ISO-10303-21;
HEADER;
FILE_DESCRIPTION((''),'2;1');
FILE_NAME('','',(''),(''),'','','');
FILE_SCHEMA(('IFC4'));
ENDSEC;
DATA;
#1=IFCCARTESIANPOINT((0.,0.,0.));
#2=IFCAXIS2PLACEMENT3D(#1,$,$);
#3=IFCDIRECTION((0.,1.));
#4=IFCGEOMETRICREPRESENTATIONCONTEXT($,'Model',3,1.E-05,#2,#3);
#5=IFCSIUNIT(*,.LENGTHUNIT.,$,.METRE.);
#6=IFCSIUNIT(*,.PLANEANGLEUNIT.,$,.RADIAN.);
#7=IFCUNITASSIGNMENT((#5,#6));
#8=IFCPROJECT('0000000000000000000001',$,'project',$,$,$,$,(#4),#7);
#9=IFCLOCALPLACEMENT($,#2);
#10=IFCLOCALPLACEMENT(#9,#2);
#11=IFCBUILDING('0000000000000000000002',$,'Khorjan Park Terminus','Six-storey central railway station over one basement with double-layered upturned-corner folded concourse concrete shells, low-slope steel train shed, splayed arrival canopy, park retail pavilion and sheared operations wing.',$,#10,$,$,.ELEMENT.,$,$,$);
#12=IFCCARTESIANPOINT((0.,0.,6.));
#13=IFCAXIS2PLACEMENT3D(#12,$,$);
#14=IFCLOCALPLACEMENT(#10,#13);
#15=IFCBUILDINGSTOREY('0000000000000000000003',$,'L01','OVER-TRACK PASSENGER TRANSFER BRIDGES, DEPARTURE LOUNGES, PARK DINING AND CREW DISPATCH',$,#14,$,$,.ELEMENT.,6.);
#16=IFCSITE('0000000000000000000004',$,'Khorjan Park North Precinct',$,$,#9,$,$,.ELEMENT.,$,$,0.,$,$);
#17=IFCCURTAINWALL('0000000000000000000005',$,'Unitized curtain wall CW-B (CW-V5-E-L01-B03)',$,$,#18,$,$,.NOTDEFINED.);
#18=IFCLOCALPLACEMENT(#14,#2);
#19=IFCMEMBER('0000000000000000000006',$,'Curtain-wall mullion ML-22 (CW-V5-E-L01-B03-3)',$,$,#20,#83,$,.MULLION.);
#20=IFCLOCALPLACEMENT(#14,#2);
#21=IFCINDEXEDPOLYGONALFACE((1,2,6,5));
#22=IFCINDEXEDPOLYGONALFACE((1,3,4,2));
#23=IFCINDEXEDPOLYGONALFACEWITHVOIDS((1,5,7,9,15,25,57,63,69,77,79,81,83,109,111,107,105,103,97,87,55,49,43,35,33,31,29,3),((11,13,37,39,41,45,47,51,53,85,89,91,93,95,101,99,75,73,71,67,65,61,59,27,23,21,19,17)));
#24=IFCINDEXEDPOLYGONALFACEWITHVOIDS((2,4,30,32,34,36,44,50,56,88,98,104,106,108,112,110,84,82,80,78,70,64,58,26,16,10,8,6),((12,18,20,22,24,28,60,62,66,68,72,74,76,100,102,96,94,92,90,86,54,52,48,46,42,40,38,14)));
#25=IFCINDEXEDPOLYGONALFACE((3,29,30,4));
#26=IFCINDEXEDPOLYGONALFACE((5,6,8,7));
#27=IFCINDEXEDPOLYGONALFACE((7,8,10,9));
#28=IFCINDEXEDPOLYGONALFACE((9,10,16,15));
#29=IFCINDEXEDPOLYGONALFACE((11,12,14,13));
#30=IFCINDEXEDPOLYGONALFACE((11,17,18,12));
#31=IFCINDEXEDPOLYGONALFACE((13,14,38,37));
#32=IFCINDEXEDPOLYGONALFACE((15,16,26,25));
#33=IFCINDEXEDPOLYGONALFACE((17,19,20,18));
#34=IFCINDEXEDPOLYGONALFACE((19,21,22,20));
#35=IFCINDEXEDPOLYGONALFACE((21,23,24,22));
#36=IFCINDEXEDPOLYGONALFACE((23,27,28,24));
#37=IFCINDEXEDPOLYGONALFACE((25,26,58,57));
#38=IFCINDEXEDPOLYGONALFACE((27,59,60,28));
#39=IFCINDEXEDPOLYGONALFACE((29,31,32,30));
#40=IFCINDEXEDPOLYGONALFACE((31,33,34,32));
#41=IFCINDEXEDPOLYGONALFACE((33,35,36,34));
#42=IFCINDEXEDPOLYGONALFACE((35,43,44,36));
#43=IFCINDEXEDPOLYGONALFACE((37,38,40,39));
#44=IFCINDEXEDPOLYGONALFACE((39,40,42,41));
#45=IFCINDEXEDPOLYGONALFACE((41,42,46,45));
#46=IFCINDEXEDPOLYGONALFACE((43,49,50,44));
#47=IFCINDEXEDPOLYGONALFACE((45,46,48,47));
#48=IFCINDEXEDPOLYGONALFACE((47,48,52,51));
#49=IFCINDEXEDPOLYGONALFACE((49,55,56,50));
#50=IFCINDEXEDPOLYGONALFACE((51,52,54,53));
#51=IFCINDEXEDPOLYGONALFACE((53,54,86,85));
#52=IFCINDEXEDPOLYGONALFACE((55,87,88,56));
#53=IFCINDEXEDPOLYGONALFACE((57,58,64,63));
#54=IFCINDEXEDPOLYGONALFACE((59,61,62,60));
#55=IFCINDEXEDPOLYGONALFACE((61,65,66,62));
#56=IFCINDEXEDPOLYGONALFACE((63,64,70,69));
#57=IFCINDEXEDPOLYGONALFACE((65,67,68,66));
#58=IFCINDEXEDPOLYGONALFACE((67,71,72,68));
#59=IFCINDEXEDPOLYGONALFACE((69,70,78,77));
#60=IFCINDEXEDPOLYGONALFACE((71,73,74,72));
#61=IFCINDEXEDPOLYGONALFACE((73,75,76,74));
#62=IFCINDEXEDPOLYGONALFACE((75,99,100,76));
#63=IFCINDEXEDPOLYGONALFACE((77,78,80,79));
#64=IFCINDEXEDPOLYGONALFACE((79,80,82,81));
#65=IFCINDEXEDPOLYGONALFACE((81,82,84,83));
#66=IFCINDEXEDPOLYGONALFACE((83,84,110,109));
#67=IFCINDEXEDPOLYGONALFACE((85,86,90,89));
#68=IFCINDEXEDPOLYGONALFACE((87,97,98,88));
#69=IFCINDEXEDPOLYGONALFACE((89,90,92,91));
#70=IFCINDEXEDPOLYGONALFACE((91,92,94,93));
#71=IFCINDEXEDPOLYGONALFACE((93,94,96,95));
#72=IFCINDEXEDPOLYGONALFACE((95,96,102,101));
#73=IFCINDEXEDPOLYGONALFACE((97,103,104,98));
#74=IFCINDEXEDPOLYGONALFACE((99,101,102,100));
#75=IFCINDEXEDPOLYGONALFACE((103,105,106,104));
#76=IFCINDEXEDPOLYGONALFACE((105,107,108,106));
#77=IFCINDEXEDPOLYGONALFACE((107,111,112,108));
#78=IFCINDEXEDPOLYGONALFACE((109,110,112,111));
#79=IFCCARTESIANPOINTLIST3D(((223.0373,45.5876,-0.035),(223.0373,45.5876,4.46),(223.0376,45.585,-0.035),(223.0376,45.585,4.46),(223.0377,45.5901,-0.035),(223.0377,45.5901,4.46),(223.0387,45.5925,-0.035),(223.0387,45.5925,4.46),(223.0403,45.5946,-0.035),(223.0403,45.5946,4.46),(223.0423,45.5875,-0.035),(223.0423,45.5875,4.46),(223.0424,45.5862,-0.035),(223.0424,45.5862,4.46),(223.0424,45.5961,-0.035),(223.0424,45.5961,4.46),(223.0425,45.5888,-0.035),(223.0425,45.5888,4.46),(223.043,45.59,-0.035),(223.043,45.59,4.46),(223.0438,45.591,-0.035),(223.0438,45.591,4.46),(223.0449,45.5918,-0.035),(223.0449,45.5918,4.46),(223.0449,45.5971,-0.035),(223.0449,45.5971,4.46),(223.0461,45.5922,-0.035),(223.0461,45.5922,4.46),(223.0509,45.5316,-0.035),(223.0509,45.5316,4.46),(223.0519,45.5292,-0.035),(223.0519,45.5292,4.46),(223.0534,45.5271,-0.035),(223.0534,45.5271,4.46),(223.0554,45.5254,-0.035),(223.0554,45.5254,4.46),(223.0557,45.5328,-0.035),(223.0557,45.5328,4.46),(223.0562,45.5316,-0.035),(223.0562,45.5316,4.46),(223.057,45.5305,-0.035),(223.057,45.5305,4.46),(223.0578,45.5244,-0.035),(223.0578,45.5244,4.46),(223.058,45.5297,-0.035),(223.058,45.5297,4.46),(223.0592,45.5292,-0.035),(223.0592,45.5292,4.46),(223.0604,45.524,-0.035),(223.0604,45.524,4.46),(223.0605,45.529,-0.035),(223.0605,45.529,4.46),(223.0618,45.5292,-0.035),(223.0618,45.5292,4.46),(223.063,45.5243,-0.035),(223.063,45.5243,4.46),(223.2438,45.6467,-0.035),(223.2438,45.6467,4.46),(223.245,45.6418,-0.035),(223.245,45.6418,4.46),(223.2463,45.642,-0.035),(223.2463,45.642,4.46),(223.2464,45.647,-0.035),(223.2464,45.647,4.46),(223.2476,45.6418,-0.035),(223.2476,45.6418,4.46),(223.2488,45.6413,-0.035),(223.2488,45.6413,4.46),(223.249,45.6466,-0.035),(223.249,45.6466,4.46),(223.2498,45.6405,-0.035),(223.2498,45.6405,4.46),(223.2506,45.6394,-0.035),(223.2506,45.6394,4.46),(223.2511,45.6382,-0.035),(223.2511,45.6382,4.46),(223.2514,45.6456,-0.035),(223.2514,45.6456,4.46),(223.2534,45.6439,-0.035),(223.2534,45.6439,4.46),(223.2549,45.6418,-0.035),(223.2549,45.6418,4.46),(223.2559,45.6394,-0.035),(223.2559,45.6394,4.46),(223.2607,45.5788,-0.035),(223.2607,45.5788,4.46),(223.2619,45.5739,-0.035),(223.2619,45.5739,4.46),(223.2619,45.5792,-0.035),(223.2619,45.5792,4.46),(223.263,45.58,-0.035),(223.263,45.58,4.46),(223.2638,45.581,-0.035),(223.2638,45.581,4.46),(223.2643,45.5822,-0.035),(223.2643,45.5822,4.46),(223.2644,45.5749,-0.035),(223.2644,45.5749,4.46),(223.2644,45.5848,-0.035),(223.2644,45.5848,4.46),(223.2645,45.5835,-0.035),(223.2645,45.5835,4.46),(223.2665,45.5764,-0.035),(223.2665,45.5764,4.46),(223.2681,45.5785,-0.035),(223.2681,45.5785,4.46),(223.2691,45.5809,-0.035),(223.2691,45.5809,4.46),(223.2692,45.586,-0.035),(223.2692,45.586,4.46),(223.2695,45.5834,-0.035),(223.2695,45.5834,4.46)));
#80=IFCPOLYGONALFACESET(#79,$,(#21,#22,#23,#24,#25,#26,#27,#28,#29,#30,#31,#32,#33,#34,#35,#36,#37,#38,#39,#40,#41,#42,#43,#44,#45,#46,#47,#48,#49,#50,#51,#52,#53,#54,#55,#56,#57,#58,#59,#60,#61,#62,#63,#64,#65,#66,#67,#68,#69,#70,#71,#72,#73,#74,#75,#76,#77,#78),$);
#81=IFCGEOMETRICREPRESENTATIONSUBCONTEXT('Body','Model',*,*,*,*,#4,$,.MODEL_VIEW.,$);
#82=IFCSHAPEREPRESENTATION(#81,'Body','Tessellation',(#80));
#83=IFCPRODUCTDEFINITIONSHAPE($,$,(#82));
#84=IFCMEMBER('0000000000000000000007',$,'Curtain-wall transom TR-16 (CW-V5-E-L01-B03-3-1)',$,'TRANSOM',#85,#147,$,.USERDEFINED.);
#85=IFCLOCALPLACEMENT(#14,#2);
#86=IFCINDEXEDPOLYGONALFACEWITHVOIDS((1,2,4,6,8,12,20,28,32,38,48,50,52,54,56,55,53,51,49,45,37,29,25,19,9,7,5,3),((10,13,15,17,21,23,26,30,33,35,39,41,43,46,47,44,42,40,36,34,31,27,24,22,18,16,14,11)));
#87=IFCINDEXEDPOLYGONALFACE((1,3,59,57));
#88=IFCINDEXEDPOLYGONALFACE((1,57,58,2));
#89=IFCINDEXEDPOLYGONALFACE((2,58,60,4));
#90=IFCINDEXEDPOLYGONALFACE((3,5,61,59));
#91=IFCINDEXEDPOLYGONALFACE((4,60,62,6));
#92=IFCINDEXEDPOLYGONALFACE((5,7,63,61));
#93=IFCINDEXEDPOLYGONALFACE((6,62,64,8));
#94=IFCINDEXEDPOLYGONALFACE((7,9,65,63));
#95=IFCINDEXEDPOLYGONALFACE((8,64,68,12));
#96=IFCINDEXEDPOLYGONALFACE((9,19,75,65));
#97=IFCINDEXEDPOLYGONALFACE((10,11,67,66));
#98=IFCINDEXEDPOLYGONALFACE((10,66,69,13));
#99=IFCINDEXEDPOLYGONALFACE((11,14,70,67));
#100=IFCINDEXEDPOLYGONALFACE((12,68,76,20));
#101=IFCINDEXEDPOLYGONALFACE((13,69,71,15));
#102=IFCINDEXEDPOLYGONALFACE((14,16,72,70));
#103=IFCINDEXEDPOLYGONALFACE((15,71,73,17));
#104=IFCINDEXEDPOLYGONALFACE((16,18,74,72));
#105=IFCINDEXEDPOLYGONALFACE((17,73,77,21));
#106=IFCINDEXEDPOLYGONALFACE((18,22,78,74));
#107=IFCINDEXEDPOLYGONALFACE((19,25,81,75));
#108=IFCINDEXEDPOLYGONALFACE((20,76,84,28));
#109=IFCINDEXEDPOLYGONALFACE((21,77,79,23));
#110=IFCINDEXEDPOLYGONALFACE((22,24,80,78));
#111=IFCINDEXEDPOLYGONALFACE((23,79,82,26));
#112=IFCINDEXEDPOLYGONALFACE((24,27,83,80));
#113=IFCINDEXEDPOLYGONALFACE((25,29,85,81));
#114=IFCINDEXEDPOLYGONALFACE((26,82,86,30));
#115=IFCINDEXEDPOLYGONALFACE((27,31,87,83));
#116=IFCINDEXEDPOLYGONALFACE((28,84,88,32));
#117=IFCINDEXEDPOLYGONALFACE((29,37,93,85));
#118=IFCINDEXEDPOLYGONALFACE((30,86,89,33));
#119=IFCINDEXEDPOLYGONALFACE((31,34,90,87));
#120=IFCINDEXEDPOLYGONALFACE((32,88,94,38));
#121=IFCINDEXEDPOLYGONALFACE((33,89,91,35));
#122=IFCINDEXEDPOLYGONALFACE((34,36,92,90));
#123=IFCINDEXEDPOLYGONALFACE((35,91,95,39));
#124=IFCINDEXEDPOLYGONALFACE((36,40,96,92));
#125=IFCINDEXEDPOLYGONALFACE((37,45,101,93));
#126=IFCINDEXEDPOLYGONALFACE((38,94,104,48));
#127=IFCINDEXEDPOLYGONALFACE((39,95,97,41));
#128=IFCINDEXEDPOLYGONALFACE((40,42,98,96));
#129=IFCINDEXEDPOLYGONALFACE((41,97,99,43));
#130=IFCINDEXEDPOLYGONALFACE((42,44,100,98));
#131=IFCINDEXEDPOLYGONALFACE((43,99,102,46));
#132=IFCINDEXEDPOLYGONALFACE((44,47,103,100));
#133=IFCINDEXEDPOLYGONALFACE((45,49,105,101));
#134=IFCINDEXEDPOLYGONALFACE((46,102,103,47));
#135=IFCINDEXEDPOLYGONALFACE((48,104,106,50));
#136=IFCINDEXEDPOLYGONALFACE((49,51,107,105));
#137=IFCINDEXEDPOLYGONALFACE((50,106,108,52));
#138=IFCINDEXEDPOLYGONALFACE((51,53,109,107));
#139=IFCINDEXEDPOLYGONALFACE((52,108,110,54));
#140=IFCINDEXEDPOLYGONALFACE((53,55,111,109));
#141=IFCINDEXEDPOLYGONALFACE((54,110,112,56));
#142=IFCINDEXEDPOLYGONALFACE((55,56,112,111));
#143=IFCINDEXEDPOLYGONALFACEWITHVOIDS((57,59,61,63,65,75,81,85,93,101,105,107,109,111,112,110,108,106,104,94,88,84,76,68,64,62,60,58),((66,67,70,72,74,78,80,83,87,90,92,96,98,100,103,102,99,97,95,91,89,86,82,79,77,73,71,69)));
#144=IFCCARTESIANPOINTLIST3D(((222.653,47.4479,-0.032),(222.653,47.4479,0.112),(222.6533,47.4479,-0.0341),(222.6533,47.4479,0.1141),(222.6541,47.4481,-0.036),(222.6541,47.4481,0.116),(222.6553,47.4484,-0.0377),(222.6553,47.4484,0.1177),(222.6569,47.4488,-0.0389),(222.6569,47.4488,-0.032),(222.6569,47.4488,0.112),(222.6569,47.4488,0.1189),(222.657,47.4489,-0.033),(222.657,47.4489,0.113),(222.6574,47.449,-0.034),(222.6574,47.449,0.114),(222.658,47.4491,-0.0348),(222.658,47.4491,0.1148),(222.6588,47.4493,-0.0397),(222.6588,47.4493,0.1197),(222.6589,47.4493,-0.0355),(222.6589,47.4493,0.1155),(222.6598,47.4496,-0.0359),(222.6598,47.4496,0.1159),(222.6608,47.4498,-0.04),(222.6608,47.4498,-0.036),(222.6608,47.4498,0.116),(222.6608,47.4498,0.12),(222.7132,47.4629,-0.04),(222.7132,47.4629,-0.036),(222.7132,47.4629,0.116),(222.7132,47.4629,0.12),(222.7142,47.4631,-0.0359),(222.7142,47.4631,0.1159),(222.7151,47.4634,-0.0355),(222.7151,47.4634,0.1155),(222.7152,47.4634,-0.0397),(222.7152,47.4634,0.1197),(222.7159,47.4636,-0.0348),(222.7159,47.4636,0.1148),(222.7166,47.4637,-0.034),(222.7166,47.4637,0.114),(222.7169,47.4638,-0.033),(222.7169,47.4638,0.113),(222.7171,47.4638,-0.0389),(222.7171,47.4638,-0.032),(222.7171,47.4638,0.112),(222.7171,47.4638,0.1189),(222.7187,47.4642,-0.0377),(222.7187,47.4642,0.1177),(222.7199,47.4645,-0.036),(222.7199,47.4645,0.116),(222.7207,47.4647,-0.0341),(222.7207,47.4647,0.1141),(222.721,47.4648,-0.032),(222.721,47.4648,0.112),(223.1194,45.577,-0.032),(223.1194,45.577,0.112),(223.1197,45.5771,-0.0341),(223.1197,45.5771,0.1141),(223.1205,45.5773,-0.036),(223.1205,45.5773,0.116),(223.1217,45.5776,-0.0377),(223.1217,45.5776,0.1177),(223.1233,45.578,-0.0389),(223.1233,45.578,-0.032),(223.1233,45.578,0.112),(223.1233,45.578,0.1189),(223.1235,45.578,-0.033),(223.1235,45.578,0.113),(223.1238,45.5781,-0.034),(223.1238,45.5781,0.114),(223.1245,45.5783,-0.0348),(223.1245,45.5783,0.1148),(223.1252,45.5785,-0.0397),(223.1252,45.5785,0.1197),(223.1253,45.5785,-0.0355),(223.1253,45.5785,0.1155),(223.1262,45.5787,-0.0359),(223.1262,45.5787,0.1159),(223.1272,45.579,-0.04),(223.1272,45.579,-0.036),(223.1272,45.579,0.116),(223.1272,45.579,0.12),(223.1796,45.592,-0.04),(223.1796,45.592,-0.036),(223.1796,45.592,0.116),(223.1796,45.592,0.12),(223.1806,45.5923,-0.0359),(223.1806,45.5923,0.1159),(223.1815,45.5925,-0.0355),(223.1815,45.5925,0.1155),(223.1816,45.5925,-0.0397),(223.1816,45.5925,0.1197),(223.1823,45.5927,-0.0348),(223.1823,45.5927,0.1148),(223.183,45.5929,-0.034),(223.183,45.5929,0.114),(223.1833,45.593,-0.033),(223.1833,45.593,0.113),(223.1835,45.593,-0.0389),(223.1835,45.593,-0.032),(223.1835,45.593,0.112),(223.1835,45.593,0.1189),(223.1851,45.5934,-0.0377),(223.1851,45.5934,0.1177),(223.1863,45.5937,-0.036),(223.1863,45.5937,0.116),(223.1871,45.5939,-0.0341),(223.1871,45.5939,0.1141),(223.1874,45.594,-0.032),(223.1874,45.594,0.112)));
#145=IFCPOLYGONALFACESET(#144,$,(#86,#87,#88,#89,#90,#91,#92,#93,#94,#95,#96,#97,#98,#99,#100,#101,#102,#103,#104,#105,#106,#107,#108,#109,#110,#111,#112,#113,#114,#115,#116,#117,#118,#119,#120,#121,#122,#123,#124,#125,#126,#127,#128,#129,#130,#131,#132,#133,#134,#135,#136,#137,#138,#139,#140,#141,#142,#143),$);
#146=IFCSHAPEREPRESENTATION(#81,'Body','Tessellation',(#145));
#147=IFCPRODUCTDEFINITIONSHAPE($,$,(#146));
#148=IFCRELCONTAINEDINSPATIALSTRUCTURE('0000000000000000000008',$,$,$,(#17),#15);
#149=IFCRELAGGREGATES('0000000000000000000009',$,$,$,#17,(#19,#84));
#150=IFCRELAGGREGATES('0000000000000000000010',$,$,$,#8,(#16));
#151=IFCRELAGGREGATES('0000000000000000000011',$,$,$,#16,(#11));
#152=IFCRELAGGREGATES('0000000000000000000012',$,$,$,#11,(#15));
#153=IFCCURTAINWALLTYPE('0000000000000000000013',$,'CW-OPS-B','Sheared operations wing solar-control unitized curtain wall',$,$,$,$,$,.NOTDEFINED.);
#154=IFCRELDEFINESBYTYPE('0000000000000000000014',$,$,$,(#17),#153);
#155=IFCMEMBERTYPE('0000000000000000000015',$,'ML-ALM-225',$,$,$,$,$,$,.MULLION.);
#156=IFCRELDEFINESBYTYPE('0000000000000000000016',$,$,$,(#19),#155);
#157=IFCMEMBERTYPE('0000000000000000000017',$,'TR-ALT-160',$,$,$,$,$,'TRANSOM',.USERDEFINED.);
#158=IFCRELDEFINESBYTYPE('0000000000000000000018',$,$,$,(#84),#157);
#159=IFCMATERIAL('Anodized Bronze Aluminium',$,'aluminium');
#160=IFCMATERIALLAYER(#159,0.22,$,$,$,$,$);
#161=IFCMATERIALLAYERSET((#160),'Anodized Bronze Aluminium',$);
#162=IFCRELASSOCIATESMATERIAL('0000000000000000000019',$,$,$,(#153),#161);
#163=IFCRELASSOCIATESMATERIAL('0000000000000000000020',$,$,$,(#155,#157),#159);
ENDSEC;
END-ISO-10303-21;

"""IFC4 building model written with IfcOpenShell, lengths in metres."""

from ifc_helpers import new_model, si_unit, direction, frame, origin, origin_2d, place, context, subcontext, project, spatial, hollow_rectangle, extrude, material, layer, layer_set, material_profile, profile_set, type_object, element, aggregate, save


model = new_model("IFC4")

# Units and contexts
model_context = context("Model", 3, precision=1e-05, world=origin(), true_north=direction((0.0, 1.0)))
body_context = subcontext(model_context, "Body", "Model", "MODEL_VIEW")
ifc_project = project(units=[si_unit("LENGTHUNIT", "METRE"), si_unit("PLANEANGLEUNIT", "RADIAN")], contexts=[model_context])

# Site, building, storey
site_placement = place(None, origin())
site = spatial("IfcSite", under=ifc_project, at=site_placement, Name="Khorjan Park North Precinct", CompositionType="ELEMENT", RefElevation=0.0)
building_placement = place(site_placement, origin())
building = spatial("IfcBuilding", under=site, at=building_placement, Name="Khorjan Park Terminus", Description="Six-storey central railway station over one basement with double-layered upturned-corner folded concourse concrete shells, low-slope steel train shed, splayed arrival canopy, park retail pavilion and sheared operations wing.", CompositionType="ELEMENT")
storey_placement = place(building_placement, frame((0.0, 0.0, 6.0)))
storey = spatial("IfcBuildingStorey", under=building, at=storey_placement, Name="L01", Description="OVER-TRACK PASSENGER TRANSFER BRIDGES, DEPARTURE LOUNGES, PARK DINING AND CREW DISPATCH", CompositionType="ELEMENT", Elevation=6.0)

# Curtain wall, members
ifc_material_1 = material(Name="Anodized Bronze Aluminium", Category="aluminium")
ifc_layer_1 = layer(ifc_material_1, 0.22)
ifc_layer_set_1 = layer_set([ifc_layer_1], Name="Anodized Bronze Aluminium")
curtain_wall_type = type_object("IfcCurtainWallType", Name="CW-OPS-B", Description="Sheared operations wing solar-control unitized curtain wall", PredefinedType="NOTDEFINED", material=ifc_layer_set_1)
curtain_wall_placement = place(storey_placement, origin())
curtain_wall = element("IfcCurtainWall", 1, at=curtain_wall_placement, inside=storey, type_object=curtain_wall_type, Name="Unitized curtain wall CW-B (CW-V5-E-L01-B03)", PredefinedType="NOTDEFINED")
ifc_material_profile_1 = material_profile(ifc_material_1, hollow_rectangle(XDim=0.075, YDim=0.225, WallThickness=0.005, InnerFilletRadius=0.005, OuterFilletRadius=0.01, at=origin_2d()), Name="ALM 75x225x5")
ifc_profile_set_1 = profile_set([ifc_material_profile_1], Name="Anodized Bronze Aluminium")
member_type_1 = type_object("IfcMemberType", Name="ML-ALM-225", PredefinedType="MULLION", material=ifc_profile_set_1)
member_1_placement = place(storey_placement, frame((223.1534, 45.5855, -0.035), z_axis=(0.0, 0.0, 1.0), x_axis=(-0.241923, 0.970295, 0.0)))
member_1 = element("IfcMember", 2, at=member_1_placement, type_object=member_type_1, Name="Curtain-wall mullion ML-22 (CW-V5-E-L01-B03-3)", PredefinedType="MULLION", context=body_context, shape_type="SweptSolid", body=[
    extrude(hollow_rectangle(XDim=0.075, YDim=0.225, WallThickness=0.005, InnerFilletRadius=0.005, OuterFilletRadius=0.01, at=origin_2d()), origin(), (0.0, 0.0, 1.0), 4.495),
])
ifc_material_profile_2 = material_profile(ifc_material_1, hollow_rectangle(XDim=0.07, YDim=0.16, WallThickness=0.004, InnerFilletRadius=0.004, OuterFilletRadius=0.008, at=origin_2d()), Name="ALT 70x160x4")
ifc_profile_set_2 = profile_set([ifc_material_profile_2], Name="Anodized Bronze Aluminium")
member_type_2 = type_object("IfcMemberType", Name="TR-ALT-160", ElementType="TRANSOM", PredefinedType="USERDEFINED", material=ifc_profile_set_2)
member_2_placement = place(storey_placement, frame((223.1534, 45.5855, 0.04), z_axis=(-0.241901, 0.970301, 0.0), x_axis=(-0.970301, -0.241901, 0.0)))
member_2 = element("IfcMember", 3, at=member_2_placement, type_object=member_type_2, Name="Curtain-wall transom TR-16 (CW-V5-E-L01-B03-3-1)", ObjectType="TRANSOM", PredefinedType="USERDEFINED", context=body_context, shape_type="SweptSolid", body=[
    extrude(hollow_rectangle(XDim=0.07, YDim=0.16, WallThickness=0.004, InnerFilletRadius=0.004, OuterFilletRadius=0.008, at=origin_2d()), origin(), (0.0, 0.0, 1.0), 1.9281),
])
aggregate(curtain_wall, [member_1, member_2])

save(model, "model.ifc")
